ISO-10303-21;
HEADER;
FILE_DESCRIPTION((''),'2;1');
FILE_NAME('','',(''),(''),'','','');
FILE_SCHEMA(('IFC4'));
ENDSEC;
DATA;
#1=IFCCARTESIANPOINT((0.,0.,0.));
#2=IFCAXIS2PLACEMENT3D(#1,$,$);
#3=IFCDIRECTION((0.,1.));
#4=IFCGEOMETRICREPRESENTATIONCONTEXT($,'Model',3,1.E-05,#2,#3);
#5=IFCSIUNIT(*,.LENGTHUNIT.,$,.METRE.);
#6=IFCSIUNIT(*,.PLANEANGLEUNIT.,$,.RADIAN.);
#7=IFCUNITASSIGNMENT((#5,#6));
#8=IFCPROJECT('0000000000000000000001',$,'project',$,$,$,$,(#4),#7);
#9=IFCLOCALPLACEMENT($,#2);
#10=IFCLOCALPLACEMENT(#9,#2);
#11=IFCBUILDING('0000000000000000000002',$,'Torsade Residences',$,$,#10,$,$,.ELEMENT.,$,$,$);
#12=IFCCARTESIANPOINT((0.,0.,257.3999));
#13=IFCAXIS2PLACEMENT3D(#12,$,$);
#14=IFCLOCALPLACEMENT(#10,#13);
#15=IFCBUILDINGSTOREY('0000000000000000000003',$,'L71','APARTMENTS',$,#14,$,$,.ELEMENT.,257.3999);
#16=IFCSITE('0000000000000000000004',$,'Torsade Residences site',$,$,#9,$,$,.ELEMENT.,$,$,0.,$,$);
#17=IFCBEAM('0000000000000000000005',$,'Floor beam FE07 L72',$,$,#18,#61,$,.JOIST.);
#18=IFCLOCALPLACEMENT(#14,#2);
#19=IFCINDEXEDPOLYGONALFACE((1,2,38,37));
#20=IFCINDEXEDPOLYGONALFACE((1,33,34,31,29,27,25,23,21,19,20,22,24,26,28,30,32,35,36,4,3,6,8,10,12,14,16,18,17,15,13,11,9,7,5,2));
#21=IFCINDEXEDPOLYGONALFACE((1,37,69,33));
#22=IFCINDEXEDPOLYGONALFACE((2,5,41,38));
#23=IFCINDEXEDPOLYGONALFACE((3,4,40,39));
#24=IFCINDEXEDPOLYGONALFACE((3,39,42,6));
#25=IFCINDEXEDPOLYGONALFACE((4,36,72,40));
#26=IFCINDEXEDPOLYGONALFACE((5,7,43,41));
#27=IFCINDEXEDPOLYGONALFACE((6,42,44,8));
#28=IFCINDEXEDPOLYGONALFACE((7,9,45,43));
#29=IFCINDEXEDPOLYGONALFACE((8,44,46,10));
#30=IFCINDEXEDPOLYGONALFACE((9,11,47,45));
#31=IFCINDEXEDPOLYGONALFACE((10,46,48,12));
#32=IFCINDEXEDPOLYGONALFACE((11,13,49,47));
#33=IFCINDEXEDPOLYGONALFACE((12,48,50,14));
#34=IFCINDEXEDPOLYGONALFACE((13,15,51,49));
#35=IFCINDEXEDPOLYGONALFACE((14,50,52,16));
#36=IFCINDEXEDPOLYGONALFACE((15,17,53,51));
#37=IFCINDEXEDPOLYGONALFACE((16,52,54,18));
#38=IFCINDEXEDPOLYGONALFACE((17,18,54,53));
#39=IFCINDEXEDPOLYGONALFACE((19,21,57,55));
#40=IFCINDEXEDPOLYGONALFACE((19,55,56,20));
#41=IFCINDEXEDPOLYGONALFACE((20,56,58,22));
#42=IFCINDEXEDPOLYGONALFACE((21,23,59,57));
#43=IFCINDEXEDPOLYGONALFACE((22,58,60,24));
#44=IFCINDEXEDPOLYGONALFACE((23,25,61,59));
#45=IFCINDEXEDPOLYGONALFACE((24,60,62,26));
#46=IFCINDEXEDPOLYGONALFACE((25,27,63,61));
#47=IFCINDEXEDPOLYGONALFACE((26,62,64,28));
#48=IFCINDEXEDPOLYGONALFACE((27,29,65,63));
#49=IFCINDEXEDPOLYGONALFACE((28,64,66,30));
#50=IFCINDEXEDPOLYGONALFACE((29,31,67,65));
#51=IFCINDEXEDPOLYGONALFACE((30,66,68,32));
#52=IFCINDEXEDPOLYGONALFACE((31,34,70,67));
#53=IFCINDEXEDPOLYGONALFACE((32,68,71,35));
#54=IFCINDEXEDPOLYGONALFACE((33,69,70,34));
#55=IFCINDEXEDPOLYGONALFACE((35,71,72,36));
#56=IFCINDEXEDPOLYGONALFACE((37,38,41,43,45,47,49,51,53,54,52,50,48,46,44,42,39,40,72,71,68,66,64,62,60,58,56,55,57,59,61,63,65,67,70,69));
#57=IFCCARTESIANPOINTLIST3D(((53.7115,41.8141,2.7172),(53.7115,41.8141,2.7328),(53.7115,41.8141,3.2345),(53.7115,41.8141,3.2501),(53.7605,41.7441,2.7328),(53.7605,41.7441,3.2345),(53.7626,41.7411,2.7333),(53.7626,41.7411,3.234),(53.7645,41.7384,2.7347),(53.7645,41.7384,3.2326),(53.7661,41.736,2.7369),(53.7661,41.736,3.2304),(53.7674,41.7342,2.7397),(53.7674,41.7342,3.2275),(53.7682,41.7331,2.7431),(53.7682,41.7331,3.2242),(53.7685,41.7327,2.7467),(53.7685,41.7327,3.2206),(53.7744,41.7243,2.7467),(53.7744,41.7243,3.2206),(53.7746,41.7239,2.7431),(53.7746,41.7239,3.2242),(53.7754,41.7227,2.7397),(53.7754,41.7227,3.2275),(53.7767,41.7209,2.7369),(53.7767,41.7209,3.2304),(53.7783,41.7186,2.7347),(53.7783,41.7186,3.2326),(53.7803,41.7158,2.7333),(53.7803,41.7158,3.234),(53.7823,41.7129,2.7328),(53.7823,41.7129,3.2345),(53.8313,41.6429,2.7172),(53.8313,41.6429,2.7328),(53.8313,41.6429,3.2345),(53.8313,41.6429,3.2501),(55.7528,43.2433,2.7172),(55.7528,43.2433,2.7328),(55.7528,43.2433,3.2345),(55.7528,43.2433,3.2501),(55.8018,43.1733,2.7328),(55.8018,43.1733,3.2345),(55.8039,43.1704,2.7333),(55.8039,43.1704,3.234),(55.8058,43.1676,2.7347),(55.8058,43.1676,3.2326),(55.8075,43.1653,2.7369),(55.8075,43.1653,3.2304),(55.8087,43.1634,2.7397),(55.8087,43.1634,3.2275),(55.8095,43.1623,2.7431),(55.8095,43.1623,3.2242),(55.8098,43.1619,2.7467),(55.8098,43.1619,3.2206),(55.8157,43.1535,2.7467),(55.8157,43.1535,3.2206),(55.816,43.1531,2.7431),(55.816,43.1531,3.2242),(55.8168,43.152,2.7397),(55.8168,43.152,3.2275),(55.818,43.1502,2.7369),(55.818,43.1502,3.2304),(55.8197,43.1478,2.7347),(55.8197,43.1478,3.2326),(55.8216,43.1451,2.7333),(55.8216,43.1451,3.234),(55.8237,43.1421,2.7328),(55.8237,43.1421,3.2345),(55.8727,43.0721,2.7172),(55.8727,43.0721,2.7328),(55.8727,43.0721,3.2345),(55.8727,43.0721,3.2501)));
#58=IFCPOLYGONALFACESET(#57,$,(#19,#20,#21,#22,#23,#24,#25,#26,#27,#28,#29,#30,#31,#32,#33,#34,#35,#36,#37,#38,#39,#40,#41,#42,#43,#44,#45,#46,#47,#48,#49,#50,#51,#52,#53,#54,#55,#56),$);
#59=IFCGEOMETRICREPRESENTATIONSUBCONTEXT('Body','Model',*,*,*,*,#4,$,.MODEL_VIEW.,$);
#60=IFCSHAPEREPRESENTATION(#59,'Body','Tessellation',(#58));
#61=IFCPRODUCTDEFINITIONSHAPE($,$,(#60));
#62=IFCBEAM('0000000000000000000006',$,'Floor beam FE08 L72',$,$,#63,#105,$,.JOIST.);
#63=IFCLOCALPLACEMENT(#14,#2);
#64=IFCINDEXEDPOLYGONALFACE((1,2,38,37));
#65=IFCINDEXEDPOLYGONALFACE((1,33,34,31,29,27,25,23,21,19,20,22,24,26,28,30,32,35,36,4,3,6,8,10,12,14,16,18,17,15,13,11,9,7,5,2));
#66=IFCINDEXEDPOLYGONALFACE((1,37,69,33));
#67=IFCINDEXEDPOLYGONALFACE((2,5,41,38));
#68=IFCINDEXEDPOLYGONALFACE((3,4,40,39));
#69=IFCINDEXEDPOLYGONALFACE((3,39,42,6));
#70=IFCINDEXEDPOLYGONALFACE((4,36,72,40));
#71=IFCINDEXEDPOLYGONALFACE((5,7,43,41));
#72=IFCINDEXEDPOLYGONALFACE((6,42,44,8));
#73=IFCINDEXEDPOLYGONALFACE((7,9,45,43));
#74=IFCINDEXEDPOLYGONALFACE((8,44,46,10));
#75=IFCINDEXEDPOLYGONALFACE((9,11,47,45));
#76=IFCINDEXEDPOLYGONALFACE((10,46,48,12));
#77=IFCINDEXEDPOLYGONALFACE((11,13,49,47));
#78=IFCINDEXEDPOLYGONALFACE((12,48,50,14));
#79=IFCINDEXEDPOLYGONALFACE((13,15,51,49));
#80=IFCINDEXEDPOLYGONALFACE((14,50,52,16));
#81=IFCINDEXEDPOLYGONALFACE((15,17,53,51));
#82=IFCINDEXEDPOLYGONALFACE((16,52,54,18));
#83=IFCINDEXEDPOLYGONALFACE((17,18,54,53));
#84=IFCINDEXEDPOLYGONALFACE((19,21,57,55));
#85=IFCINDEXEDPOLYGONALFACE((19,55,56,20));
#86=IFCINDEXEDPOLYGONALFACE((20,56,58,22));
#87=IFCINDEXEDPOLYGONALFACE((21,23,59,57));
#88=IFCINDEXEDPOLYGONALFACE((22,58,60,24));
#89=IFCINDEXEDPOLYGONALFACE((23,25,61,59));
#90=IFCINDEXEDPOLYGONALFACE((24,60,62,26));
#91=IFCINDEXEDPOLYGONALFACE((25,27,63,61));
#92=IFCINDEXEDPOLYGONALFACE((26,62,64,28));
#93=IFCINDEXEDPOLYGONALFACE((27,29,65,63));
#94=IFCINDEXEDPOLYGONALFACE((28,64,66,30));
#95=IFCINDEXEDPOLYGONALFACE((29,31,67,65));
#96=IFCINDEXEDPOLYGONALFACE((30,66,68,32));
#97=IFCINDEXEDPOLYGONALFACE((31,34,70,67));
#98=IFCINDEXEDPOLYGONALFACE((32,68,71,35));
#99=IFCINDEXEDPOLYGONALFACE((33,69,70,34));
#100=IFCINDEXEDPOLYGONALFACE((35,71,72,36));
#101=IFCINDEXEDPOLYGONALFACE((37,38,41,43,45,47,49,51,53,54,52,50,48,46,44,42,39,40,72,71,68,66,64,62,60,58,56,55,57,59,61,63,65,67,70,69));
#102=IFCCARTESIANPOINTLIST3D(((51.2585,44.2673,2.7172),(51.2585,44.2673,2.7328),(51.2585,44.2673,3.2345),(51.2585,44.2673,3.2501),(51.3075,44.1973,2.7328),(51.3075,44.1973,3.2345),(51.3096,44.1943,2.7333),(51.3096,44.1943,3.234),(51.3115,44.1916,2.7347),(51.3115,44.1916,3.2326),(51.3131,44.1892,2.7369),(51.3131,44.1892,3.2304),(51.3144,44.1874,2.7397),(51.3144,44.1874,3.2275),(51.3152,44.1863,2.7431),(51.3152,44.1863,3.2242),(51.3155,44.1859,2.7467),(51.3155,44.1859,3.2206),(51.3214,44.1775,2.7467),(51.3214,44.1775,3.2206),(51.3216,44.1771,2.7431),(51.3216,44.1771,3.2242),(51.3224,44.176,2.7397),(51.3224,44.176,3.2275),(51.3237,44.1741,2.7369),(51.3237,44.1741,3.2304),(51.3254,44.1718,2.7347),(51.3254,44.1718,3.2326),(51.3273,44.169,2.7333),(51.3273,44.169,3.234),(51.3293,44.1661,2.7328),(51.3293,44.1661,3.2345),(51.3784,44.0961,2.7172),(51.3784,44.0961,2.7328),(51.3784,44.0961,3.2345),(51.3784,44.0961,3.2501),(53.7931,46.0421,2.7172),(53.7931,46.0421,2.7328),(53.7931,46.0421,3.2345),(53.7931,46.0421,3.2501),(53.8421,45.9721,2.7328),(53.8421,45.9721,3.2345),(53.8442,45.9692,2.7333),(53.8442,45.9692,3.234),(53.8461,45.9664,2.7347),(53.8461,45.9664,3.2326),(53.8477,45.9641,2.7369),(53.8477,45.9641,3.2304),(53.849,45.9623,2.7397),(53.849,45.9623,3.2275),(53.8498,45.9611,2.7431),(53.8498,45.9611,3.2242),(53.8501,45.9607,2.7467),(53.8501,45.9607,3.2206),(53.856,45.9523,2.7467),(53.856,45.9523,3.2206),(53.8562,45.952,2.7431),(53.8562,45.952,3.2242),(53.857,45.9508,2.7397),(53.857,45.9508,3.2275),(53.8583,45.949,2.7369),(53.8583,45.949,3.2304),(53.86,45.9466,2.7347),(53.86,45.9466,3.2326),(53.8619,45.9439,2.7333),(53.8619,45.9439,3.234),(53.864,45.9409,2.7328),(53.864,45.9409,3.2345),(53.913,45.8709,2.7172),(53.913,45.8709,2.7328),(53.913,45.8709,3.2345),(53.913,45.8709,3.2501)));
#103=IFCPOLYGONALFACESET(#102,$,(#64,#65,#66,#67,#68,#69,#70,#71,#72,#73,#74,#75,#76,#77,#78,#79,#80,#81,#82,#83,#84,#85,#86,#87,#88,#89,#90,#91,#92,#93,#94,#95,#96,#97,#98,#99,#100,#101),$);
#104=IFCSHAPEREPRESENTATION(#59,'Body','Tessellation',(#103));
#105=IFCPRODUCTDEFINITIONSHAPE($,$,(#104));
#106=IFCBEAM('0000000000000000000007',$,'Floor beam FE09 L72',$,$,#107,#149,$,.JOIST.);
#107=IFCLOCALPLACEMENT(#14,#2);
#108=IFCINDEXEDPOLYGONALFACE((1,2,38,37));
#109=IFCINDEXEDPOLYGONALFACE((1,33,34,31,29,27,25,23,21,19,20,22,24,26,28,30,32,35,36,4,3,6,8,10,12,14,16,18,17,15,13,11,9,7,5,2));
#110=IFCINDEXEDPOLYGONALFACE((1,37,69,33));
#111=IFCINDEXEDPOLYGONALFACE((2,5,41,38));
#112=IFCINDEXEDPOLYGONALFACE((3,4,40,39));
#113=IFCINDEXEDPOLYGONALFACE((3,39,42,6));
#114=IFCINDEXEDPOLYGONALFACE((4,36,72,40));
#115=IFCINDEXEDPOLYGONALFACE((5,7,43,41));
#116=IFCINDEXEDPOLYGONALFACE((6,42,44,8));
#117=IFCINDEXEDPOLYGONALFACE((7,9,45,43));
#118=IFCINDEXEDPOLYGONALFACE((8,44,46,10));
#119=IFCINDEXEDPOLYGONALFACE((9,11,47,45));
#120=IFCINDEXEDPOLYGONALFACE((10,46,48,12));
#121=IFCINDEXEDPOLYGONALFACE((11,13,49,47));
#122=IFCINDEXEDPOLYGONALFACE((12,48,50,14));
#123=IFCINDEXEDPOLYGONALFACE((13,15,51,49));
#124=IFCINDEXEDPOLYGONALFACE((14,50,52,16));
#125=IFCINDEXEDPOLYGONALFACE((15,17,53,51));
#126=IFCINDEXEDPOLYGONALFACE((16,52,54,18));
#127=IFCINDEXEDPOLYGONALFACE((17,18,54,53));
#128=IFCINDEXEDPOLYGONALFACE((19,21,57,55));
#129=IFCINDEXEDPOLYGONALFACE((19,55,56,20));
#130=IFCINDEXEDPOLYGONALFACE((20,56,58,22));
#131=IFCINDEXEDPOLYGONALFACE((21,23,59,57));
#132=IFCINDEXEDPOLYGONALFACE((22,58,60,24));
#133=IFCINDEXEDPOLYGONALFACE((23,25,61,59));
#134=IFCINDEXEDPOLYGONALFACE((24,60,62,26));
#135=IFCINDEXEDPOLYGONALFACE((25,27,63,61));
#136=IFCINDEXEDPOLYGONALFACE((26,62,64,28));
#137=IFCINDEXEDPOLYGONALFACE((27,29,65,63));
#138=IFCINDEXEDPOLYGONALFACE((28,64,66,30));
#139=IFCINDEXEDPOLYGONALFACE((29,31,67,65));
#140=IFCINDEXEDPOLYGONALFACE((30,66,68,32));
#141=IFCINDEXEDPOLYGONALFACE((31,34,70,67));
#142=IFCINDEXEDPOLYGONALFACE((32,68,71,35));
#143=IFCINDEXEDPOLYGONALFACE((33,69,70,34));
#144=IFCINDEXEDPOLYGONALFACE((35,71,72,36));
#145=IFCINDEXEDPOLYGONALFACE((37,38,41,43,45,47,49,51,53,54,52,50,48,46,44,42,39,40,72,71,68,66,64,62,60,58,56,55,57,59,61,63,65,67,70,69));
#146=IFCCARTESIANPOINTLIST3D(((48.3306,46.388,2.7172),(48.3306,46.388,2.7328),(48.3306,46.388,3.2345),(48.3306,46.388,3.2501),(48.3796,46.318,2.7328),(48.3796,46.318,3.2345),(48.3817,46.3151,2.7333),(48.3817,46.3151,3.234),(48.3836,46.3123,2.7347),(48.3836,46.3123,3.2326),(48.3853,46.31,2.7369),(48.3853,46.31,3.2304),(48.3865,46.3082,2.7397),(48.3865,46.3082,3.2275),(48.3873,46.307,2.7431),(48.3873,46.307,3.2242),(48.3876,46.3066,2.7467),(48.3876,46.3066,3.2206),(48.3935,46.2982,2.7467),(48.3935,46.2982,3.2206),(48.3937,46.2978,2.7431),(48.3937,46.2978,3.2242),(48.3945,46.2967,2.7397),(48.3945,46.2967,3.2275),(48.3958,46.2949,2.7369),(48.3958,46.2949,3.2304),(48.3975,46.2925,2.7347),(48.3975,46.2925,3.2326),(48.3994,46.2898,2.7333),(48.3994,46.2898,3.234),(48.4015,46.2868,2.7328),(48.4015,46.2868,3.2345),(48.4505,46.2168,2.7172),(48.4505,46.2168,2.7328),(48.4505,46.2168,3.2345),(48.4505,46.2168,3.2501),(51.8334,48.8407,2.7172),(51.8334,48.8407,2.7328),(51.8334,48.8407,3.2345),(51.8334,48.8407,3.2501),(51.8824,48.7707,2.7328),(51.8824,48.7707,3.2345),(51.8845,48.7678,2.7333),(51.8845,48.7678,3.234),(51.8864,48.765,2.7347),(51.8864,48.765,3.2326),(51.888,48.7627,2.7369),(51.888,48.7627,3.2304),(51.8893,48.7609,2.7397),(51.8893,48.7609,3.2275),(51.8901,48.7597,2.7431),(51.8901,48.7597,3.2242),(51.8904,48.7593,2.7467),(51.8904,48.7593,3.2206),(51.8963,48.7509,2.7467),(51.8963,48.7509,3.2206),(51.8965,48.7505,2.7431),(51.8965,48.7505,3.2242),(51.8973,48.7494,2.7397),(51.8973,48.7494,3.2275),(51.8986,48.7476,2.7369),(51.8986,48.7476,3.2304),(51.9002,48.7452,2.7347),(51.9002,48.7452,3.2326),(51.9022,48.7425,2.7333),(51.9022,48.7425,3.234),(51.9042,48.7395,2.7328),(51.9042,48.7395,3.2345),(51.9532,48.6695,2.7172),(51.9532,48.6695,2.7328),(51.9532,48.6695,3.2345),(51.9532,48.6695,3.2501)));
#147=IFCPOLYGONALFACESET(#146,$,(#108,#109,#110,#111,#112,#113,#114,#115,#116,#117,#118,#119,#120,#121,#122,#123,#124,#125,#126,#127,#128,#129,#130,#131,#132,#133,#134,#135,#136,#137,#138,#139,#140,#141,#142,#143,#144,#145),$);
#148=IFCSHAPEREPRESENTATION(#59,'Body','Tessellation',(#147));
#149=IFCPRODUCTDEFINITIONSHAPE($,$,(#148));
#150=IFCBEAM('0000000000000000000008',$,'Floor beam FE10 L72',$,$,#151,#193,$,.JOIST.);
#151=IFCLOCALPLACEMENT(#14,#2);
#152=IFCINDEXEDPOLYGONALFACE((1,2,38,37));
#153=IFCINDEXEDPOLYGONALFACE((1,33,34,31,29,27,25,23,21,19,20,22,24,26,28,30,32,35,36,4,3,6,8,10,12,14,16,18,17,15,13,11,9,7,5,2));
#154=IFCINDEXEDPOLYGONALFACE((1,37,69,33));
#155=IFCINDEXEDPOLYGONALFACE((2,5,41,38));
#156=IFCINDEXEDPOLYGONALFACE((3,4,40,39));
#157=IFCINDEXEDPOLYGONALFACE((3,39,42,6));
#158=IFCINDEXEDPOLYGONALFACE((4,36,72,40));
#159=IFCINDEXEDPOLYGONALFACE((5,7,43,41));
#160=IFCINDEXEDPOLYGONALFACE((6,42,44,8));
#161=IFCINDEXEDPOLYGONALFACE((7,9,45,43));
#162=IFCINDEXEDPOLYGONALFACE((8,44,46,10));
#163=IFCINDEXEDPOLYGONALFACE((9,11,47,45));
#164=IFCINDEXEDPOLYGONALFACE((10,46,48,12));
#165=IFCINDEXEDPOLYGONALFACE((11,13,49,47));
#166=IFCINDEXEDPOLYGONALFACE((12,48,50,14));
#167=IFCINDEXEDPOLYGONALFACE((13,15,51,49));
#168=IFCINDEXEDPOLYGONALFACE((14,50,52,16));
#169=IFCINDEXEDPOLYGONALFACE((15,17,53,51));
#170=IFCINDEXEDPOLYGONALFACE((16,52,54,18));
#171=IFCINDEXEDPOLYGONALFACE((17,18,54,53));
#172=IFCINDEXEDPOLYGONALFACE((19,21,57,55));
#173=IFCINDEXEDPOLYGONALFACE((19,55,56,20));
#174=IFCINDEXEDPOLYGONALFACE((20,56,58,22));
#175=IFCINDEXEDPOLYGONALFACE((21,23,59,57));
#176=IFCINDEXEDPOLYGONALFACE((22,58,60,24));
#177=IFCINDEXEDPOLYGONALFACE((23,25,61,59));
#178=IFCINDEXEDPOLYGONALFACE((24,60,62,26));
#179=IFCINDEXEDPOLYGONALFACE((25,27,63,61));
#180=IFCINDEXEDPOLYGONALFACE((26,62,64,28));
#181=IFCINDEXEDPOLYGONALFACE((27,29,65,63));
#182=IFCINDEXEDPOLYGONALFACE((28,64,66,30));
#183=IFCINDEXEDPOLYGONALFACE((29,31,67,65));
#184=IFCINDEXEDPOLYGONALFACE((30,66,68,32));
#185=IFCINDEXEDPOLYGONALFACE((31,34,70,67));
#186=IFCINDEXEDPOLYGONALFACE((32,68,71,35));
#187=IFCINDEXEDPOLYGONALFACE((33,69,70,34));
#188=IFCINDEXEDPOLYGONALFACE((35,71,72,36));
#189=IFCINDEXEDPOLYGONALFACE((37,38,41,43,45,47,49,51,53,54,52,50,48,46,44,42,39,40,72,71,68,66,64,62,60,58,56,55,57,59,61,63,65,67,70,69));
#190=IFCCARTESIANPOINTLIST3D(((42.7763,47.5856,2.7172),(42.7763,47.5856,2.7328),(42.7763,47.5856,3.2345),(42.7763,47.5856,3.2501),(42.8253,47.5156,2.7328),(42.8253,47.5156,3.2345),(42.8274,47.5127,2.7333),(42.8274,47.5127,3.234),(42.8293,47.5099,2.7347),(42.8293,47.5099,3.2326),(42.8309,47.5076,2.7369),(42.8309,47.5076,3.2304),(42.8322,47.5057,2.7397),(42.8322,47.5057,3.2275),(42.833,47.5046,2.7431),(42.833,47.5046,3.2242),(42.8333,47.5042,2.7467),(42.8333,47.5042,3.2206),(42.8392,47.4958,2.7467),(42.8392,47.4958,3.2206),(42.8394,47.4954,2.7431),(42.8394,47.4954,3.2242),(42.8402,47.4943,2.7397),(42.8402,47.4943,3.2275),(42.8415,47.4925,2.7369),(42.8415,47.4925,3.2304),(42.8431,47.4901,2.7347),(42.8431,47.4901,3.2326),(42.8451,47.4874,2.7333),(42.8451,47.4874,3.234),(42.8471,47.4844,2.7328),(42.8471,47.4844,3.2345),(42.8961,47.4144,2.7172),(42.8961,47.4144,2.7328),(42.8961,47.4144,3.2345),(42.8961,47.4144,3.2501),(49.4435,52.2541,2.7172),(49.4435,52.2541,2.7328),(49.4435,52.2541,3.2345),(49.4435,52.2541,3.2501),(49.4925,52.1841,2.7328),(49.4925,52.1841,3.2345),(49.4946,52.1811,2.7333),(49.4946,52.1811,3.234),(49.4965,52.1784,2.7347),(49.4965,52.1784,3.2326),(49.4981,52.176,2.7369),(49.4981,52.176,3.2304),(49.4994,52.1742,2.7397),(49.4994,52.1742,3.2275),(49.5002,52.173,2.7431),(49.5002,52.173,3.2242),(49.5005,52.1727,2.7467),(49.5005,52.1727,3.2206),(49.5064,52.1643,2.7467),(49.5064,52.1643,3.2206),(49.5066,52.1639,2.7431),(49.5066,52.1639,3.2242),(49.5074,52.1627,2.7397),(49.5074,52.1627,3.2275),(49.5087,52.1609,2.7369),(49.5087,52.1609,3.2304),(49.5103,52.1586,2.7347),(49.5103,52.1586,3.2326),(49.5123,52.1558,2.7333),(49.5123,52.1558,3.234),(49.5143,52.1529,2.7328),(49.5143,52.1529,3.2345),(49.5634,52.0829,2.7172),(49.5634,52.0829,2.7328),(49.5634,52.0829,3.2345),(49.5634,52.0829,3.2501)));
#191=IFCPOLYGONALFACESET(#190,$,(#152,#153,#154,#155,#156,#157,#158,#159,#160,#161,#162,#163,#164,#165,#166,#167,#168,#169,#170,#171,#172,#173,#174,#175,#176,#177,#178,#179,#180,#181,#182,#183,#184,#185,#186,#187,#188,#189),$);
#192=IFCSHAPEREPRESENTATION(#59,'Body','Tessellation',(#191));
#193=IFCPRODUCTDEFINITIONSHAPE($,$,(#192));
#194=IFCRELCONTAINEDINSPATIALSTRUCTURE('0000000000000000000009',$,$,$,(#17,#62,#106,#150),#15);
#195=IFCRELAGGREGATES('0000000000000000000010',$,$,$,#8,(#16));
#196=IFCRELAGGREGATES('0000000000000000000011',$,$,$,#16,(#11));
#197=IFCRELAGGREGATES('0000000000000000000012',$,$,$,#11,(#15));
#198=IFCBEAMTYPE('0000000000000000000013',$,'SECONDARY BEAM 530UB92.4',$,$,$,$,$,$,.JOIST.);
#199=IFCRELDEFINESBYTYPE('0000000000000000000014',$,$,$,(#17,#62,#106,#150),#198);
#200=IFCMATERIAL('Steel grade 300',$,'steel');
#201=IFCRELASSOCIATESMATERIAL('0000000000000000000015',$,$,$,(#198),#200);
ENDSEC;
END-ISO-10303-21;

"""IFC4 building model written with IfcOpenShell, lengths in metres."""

from ifc_helpers import new_model, si_unit, direction, frame, origin, origin_2d, place, context, subcontext, project, spatial, i_section, extrude, material, material_profile, profile_set, type_object, element, save


model = new_model("IFC4")

# Units and contexts
model_context = context("Model", 3, precision=1e-05, world=origin(), true_north=direction((0.0, 1.0)))
body_context = subcontext(model_context, "Body", "Model", "MODEL_VIEW")
ifc_project = project(units=[si_unit("LENGTHUNIT", "METRE"), si_unit("PLANEANGLEUNIT", "RADIAN")], contexts=[model_context])

# Site, building, storey
site_placement = place(None, origin())
site = spatial("IfcSite", under=ifc_project, at=site_placement, Name="Torsade Residences site", CompositionType="ELEMENT", RefElevation=0.0)
building_placement = place(site_placement, origin())
building = spatial("IfcBuilding", under=site, at=building_placement, Name="Torsade Residences", CompositionType="ELEMENT")
storey_placement = place(building_placement, frame((0.0, 0.0, 257.3999)))
storey = spatial("IfcBuildingStorey", under=building, at=storey_placement, Name="L71", Description="APARTMENTS", CompositionType="ELEMENT", Elevation=257.3999)

# Beams
ifc_material_1 = material(Name="Steel grade 300", Category="steel")
ifc_material_profile_1 = material_profile(ifc_material_1, i_section(OverallWidth=0.209, OverallDepth=0.533, WebThickness=0.0103, FlangeThickness=0.0156, FilletRadius=0.0139, at=origin_2d()), Name="530UB92.4")
ifc_profile_set_1 = profile_set([ifc_material_profile_1], Name="Steel grade 300")
beam_type_1 = type_object("IfcBeamType", Name="SECONDARY BEAM 530UB92.4", PredefinedType="JOIST", material=ifc_profile_set_1)
beam_1_placement = place(storey_placement, frame((55.8127, 43.1577, 2.9836), z_axis=(-0.819172, -0.573548, 0.0), x_axis=(0.573548, -0.819172, 0.0)))
element("IfcBeam", 1, at=beam_1_placement, inside=storey, type_object=beam_type_1, Name="Floor beam FE07 L72", PredefinedType="JOIST", context=body_context, shape_type="SweptSolid", body=[
    extrude(i_section(OverallWidth=0.209, OverallDepth=0.533, WebThickness=0.0103, FlangeThickness=0.0156, FilletRadius=0.0139, at=origin_2d()), origin(), (0.0, 0.0, 1.0), 2.4919),
])
beam_2_placement = place(storey_placement, frame((53.853, 45.9565, 2.9836), z_axis=(-0.819136, -0.5736, 0.0), x_axis=(0.5736, -0.819136, 0.0)))
element("IfcBeam", 2, at=beam_2_placement, inside=storey, type_object=beam_type_1, Name="Floor beam FE08 L72", PredefinedType="JOIST", context=body_context, shape_type="SweptSolid", body=[
    extrude(i_section(OverallWidth=0.209, OverallDepth=0.533, WebThickness=0.0103, FlangeThickness=0.0156, FilletRadius=0.0139, at=origin_2d()), origin(), (0.0, 0.0, 1.0), 3.0942),
])
beam_3_placement = place(storey_placement, frame((51.8933, 48.7551, 2.9836), z_axis=(-0.819149, -0.573581, 0.0), x_axis=(0.573581, -0.819149, 0.0)))
element("IfcBeam", 3, at=beam_3_placement, inside=storey, type_object=beam_type_1, Name="Floor beam FE09 L72", PredefinedType="JOIST", context=body_context, shape_type="SweptSolid", body=[
    extrude(i_section(OverallWidth=0.209, OverallDepth=0.533, WebThickness=0.0103, FlangeThickness=0.0156, FilletRadius=0.0139, at=origin_2d()), origin(), (0.0, 0.0, 1.0), 4.2761),
])
beam_4_placement = place(storey_placement, frame((49.5034, 52.1685, 2.9836), z_axis=(-0.819152, -0.573577, 0.0), x_axis=(0.573577, -0.819152, 0.0)))
element("IfcBeam", 4, at=beam_4_placement, inside=storey, type_object=beam_type_1, Name="Floor beam FE10 L72", PredefinedType="JOIST", context=body_context, shape_type="SweptSolid", body=[
    extrude(i_section(OverallWidth=0.209, OverallDepth=0.533, WebThickness=0.0103, FlangeThickness=0.0156, FilletRadius=0.0139, at=origin_2d()), origin(), (0.0, 0.0, 1.0), 8.1392),
])

save(model, "model.ifc")
